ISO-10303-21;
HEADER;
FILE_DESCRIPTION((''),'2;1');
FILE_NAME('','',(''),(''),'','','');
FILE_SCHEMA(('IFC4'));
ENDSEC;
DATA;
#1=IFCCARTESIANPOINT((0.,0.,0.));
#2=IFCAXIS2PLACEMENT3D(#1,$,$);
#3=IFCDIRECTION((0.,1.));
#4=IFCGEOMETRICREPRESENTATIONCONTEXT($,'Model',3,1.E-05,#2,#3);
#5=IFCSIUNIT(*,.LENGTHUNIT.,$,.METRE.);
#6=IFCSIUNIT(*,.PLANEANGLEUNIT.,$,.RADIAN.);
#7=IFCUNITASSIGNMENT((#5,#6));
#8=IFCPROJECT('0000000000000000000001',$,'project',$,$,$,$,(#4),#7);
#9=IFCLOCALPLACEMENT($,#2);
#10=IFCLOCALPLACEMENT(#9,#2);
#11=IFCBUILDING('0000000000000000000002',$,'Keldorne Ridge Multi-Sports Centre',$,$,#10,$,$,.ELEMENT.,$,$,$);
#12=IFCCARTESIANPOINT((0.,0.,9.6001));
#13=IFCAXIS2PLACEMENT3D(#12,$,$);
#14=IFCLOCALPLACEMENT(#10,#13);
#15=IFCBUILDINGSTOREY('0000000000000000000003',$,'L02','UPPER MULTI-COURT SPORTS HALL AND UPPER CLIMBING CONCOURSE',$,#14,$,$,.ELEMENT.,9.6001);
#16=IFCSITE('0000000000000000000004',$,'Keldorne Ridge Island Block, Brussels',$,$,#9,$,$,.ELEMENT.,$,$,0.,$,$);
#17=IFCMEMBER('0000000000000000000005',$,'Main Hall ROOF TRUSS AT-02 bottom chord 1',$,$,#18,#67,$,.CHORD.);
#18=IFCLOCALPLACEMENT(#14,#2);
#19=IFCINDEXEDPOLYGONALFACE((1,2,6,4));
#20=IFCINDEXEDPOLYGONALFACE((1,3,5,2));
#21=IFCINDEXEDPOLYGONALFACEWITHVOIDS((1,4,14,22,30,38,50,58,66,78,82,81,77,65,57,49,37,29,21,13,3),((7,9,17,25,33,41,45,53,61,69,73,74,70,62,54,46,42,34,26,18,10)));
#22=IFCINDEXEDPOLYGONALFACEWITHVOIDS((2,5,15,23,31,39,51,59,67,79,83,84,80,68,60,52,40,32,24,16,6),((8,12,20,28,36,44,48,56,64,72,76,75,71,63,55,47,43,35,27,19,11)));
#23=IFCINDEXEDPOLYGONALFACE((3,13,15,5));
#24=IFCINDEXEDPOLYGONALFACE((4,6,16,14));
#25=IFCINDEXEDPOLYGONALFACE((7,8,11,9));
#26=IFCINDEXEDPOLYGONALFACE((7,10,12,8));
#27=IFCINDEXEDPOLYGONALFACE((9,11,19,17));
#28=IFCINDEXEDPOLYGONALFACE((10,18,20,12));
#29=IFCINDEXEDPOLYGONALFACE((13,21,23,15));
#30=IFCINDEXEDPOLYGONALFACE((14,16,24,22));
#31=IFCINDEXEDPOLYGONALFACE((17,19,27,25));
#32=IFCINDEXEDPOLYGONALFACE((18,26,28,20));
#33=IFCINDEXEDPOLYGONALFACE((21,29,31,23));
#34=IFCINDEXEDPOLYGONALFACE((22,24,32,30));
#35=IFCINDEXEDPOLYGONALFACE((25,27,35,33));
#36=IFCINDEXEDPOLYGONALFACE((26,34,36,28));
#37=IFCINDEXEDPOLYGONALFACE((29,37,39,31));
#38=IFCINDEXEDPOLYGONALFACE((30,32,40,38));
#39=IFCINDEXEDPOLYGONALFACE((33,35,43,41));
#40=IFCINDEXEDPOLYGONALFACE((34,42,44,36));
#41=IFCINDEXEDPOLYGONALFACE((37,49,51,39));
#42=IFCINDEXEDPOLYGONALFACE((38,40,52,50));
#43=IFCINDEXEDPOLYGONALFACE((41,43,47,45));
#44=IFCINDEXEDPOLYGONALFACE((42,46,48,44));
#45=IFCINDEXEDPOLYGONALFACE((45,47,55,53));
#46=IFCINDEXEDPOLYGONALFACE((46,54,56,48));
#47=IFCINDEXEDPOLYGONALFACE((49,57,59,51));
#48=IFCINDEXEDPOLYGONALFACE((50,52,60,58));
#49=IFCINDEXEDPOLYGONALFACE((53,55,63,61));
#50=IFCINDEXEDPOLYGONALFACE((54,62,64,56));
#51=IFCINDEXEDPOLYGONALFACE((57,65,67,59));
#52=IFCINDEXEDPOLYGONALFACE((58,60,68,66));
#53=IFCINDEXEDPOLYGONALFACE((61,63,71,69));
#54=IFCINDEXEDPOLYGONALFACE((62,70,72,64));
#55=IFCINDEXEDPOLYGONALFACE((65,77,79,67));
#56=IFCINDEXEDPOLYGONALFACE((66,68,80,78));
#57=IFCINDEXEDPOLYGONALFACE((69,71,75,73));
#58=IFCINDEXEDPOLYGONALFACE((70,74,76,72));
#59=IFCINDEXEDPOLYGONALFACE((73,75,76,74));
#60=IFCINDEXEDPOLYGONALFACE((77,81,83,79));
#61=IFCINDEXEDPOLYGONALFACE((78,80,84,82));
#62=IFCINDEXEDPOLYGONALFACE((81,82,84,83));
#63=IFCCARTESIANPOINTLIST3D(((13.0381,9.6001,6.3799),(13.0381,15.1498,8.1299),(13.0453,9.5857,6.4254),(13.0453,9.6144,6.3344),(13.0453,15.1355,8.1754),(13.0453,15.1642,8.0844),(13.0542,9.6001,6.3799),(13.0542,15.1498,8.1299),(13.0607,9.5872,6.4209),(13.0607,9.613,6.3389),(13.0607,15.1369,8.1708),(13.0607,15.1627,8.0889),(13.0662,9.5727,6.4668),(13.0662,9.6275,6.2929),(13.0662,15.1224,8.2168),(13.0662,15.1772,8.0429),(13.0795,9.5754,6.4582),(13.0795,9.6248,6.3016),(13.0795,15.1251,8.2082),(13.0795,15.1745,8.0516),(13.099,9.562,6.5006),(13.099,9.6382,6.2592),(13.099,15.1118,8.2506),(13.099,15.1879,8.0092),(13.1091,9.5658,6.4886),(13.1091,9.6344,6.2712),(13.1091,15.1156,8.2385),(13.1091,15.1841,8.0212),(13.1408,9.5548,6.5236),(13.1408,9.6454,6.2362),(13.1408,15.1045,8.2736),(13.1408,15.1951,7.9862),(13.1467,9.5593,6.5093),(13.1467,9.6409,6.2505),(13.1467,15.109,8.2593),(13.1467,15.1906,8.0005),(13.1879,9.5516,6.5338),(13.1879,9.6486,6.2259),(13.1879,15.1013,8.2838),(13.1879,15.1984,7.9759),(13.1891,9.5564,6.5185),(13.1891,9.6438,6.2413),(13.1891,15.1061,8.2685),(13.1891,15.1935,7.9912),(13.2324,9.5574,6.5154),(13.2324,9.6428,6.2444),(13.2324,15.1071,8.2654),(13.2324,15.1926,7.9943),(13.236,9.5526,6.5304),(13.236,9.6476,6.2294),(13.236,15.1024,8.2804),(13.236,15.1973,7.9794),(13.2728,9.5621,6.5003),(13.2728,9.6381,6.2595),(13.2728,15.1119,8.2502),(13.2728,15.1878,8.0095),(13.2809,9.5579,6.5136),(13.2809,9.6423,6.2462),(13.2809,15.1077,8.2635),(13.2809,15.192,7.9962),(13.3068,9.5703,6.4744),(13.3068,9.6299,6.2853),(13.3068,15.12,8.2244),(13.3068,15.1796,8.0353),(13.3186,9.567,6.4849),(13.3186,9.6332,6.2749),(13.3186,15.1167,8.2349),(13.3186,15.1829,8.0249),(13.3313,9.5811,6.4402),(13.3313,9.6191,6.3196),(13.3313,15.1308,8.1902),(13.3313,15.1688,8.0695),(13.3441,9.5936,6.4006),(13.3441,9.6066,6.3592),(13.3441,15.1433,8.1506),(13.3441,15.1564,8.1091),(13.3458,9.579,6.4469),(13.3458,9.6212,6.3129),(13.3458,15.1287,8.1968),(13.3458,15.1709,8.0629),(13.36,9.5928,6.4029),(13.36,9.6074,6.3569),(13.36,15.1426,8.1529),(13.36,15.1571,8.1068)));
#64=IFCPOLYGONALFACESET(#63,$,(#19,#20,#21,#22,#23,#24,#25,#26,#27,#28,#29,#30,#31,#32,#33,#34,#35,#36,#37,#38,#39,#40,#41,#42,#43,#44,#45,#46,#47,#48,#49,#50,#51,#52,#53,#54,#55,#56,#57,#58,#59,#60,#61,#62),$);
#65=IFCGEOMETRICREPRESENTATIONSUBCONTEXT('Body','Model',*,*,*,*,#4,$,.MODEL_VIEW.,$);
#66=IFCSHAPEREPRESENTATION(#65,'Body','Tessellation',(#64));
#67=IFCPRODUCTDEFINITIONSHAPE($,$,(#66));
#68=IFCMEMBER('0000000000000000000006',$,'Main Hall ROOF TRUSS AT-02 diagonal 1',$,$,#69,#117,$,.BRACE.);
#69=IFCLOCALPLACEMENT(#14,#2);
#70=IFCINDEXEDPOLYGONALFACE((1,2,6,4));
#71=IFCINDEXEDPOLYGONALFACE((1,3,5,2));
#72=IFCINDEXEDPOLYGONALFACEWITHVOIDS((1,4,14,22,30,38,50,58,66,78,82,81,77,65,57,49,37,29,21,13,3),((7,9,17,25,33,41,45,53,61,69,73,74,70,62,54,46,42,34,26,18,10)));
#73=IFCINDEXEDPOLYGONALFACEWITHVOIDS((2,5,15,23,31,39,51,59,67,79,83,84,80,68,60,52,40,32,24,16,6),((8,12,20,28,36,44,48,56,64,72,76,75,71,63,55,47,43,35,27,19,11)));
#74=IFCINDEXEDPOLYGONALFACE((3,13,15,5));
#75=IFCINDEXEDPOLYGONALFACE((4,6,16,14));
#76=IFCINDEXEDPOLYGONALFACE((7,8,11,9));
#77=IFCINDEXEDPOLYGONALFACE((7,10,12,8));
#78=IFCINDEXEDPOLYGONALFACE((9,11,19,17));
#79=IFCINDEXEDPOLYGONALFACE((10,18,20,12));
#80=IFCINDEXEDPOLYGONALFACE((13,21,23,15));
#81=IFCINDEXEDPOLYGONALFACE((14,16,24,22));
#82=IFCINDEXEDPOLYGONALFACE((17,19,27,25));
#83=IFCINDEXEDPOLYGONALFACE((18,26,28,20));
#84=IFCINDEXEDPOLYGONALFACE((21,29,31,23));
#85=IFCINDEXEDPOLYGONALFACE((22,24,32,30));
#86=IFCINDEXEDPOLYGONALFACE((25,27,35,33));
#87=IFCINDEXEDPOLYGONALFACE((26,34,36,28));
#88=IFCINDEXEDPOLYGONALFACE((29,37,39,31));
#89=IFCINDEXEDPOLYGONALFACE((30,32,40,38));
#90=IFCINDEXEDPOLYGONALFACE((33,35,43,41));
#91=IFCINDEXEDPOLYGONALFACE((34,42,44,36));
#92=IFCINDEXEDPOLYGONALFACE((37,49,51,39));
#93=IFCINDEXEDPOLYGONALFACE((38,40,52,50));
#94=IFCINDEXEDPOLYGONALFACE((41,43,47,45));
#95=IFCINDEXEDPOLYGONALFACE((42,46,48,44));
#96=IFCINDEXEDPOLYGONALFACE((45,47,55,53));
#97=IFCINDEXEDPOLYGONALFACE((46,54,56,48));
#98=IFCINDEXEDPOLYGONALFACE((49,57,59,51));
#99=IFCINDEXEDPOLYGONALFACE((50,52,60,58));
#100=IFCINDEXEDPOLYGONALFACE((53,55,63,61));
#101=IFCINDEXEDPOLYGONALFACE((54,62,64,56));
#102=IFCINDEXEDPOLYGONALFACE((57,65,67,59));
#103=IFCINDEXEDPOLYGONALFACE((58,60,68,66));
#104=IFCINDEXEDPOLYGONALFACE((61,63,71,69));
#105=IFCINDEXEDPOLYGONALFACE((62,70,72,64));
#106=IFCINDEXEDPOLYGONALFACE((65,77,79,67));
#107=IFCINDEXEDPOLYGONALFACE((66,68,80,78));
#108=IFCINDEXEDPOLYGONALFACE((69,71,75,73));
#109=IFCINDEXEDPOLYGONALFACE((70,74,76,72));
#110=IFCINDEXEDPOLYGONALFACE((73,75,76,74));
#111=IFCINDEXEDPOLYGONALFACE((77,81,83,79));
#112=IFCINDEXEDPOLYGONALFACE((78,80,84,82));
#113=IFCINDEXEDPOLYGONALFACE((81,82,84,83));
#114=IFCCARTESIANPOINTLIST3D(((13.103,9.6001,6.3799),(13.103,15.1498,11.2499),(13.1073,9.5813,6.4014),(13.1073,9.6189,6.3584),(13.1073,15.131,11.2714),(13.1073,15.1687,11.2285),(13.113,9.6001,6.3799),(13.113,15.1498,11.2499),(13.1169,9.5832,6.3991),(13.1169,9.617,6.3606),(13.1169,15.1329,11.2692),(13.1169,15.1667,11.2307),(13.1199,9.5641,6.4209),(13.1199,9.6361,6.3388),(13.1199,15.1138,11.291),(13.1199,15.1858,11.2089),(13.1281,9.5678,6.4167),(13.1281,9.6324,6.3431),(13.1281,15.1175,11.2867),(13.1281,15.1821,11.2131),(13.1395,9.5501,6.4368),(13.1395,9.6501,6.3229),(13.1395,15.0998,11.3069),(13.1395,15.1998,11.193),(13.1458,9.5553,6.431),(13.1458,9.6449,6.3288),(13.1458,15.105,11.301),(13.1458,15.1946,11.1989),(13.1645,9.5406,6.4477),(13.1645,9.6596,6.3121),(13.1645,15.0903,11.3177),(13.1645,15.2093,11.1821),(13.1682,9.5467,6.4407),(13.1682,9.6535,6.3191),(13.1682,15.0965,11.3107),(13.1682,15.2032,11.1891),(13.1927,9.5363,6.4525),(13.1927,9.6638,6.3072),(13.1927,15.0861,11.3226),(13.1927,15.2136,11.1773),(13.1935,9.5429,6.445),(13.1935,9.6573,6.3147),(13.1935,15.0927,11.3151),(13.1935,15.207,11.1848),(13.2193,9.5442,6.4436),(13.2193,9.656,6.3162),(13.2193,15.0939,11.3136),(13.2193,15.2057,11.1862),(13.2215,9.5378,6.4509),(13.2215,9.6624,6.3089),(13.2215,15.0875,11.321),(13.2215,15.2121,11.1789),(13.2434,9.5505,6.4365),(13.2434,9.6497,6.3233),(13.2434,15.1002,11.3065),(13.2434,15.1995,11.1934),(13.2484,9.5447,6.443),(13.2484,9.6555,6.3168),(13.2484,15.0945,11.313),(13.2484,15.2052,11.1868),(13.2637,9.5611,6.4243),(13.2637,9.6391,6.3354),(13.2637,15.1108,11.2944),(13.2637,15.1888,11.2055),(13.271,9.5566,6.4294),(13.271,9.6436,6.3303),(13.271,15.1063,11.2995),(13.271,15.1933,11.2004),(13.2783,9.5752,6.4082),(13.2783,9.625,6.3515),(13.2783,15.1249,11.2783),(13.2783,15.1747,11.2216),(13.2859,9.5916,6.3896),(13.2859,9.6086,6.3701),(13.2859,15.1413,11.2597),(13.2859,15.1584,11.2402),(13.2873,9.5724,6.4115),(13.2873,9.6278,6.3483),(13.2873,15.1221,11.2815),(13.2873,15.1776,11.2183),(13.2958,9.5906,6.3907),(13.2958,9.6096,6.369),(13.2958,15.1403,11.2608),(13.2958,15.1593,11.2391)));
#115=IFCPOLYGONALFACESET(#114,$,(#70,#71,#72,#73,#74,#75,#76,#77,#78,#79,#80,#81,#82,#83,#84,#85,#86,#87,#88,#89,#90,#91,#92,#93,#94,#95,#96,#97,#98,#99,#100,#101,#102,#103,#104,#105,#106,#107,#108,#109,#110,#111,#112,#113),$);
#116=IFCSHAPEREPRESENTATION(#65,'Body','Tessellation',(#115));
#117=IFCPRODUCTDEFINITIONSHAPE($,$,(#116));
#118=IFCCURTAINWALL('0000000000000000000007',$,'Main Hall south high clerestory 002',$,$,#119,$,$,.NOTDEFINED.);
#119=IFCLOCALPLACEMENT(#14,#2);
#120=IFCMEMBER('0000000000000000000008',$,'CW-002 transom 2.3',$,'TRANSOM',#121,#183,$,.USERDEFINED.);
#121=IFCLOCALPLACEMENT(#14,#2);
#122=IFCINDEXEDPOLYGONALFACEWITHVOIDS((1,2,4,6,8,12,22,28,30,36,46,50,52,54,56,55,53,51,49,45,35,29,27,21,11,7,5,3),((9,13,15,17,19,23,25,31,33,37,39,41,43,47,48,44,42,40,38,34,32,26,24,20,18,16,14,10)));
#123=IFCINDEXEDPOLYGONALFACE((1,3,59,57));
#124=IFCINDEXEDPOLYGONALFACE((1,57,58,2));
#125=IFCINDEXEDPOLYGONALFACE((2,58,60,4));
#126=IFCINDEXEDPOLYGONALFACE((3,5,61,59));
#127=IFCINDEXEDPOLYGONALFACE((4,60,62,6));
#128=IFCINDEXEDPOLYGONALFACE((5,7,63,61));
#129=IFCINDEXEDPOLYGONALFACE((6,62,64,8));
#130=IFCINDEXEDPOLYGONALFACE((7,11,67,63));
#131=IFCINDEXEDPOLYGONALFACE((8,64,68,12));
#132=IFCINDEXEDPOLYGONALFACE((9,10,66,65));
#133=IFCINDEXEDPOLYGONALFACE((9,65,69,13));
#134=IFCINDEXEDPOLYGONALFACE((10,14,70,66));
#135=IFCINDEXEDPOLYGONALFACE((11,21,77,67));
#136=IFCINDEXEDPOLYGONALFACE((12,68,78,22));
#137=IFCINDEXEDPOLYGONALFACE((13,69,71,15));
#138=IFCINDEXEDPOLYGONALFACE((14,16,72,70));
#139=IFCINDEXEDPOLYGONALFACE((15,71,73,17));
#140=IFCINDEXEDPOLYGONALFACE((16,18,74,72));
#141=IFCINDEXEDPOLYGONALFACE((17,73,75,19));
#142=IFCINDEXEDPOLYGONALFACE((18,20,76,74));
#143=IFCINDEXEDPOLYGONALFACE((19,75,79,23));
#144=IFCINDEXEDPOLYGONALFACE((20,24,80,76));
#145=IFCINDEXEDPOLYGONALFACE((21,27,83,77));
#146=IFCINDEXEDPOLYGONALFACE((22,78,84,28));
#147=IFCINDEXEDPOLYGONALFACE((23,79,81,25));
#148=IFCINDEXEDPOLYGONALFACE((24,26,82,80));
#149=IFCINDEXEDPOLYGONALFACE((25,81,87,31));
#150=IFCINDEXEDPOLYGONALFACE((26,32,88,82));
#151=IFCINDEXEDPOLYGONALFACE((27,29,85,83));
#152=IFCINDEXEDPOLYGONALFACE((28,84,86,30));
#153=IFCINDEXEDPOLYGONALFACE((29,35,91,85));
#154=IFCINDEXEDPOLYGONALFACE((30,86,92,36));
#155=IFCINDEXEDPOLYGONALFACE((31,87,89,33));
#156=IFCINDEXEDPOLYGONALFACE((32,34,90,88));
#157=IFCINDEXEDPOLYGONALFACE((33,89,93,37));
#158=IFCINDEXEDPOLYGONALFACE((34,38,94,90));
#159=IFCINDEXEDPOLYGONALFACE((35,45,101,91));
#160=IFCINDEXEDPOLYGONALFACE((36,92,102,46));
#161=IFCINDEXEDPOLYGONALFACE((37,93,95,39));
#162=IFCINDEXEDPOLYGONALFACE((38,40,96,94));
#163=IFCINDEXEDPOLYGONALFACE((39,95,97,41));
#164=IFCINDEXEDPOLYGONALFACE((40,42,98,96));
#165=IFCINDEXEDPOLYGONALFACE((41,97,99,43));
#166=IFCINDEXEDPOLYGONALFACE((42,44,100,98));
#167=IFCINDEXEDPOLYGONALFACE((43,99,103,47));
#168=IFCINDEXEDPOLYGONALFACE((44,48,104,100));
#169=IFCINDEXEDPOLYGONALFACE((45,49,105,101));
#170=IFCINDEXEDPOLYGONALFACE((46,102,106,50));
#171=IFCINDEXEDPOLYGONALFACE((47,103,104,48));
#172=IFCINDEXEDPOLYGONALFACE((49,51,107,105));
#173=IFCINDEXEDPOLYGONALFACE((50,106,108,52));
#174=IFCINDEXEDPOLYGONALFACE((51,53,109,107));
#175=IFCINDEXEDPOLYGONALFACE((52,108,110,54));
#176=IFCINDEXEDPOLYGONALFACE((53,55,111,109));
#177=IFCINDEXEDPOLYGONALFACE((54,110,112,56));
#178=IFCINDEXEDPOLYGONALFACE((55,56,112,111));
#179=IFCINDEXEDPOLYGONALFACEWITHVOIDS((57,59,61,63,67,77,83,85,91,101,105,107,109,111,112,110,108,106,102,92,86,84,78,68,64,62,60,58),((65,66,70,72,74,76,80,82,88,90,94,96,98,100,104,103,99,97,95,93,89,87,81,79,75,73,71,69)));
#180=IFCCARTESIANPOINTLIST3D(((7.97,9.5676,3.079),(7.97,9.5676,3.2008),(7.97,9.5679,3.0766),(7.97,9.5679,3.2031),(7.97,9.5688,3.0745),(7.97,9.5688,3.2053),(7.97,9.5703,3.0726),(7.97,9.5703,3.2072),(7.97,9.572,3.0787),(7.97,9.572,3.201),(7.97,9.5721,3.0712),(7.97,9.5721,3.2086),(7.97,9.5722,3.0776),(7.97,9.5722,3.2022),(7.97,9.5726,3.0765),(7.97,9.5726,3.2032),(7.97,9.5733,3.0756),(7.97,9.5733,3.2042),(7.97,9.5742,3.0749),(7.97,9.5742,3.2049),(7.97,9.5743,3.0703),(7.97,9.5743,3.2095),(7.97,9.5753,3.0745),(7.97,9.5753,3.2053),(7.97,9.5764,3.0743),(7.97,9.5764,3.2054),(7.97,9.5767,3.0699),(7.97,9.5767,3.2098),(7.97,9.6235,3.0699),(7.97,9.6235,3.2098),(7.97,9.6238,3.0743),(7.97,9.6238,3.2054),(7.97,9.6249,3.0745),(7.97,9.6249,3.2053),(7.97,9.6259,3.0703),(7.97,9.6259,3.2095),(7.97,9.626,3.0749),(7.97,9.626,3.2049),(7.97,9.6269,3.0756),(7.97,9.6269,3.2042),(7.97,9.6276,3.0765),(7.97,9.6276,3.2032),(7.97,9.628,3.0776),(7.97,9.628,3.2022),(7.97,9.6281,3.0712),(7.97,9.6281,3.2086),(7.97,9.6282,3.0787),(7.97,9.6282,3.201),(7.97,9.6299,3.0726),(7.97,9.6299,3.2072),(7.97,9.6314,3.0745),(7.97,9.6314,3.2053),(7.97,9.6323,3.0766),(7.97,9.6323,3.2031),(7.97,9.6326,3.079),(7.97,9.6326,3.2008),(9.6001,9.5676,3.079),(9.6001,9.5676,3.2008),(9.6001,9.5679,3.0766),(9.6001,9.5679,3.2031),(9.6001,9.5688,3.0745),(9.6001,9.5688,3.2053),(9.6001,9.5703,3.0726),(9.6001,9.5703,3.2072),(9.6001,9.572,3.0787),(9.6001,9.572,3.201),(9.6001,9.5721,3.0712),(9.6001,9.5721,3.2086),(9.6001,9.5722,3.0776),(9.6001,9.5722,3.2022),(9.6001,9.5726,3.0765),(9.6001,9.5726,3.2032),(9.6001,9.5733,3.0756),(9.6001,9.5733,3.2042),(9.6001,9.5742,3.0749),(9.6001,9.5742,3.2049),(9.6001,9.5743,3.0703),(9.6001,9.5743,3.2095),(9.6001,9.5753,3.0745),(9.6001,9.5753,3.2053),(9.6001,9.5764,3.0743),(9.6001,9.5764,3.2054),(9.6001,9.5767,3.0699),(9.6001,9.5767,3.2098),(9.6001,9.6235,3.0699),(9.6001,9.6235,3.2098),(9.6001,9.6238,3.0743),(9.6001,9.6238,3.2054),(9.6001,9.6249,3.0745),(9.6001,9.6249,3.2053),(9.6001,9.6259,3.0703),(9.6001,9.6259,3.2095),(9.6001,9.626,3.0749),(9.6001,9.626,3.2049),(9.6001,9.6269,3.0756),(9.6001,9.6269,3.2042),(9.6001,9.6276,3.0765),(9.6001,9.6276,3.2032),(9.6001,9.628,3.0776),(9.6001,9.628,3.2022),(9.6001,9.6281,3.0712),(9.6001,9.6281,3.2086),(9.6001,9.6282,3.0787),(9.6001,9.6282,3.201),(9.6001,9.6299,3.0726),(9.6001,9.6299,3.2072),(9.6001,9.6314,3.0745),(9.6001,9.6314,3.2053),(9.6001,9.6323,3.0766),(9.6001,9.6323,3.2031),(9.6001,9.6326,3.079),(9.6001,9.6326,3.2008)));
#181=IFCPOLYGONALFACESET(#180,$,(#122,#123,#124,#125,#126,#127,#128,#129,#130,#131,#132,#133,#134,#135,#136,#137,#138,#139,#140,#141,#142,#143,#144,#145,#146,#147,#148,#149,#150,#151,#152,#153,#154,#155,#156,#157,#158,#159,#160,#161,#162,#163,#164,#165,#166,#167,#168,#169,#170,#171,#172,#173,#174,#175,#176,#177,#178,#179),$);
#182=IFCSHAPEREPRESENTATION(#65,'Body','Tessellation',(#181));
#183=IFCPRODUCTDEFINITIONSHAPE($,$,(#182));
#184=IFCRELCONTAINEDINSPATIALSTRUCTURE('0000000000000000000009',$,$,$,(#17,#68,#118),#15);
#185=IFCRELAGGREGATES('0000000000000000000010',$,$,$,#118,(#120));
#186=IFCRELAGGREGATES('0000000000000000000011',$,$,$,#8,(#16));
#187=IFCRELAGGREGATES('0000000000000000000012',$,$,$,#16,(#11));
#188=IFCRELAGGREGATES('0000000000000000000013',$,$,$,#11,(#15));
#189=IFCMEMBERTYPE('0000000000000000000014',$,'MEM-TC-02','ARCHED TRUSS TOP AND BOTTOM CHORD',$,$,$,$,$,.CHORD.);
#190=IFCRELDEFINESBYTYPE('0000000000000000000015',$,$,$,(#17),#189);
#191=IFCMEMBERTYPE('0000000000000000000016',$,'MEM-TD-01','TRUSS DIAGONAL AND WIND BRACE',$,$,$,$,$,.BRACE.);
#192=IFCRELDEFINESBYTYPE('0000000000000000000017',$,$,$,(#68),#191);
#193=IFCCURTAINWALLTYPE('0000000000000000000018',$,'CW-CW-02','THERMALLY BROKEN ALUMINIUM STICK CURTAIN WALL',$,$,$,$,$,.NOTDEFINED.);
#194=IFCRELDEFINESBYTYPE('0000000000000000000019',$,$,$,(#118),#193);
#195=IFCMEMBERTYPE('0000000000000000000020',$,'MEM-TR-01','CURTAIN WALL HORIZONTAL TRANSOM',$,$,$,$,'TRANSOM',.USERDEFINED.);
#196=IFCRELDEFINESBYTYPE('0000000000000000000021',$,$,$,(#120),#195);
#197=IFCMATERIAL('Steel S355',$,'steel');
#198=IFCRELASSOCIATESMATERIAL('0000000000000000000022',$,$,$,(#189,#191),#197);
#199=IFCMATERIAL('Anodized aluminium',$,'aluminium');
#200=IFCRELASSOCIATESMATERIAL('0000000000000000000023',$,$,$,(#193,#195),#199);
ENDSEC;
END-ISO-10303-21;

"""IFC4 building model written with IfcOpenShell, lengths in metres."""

from ifc_helpers import new_model, si_unit, direction, frame, origin, origin_2d, place, context, subcontext, project, spatial, hollow_rectangle, hollow_circle, extrude, material, material_profile, profile_set, type_object, element, aggregate, save


model = new_model("IFC4")

# Units and contexts
model_context = context("Model", 3, precision=1e-05, world=origin(), true_north=direction((0.0, 1.0)))
body_context = subcontext(model_context, "Body", "Model", "MODEL_VIEW")
ifc_project = project(units=[si_unit("LENGTHUNIT", "METRE"), si_unit("PLANEANGLEUNIT", "RADIAN")], contexts=[model_context])

# Site, building, storey
site_placement = place(None, origin())
site = spatial("IfcSite", under=ifc_project, at=site_placement, Name="Keldorne Ridge Island Block, Brussels", CompositionType="ELEMENT", RefElevation=0.0)
building_placement = place(site_placement, origin())
building = spatial("IfcBuilding", under=site, at=building_placement, Name="Keldorne Ridge Multi-Sports Centre", CompositionType="ELEMENT")
storey_placement = place(building_placement, frame((0.0, 0.0, 9.6001)))
storey = spatial("IfcBuildingStorey", under=building, at=storey_placement, Name="L02", Description="UPPER MULTI-COURT SPORTS HALL AND UPPER CLIMBING CONCOURSE", CompositionType="ELEMENT", Elevation=9.6001)

# Members
ifc_material_1 = material(Name="Steel S355", Category="steel")
ifc_material_profile_1 = material_profile(ifc_material_1, hollow_circle(Radius=0.1619, WallThickness=0.0161, at=origin_2d()), Name="CHS 323.9x16")
ifc_profile_set_1 = profile_set([ifc_material_profile_1], Name="Steel S355")
member_type_1 = type_object("IfcMemberType", Name="MEM-TC-02", Description="ARCHED TRUSS TOP AND BOTTOM CHORD", PredefinedType="CHORD", material=ifc_profile_set_1)
member_1_placement = place(storey_placement, frame((13.2, 9.6001, 6.3799), z_axis=(0.0, 0.953709, 0.30073), x_axis=(-1.0, 0.0, 0.0)))
element("IfcMember", 1, at=member_1_placement, inside=storey, type_object=member_type_1, Name="Main Hall ROOF TRUSS AT-02 bottom chord 1", PredefinedType="CHORD", context=body_context, shape_type="SweptSolid", body=[
    extrude(hollow_circle(Radius=0.1619, WallThickness=0.0161, at=origin_2d()), origin(), (0.0, 0.0, 1.0), 5.8191),
])
ifc_material_profile_2 = material_profile(ifc_material_1, hollow_circle(Radius=0.0969, WallThickness=0.01, at=origin_2d()), Name="CHS 193.7x10")
ifc_profile_set_2 = profile_set([ifc_material_profile_2], Name="Steel S355")
member_type_2 = type_object("IfcMemberType", Name="MEM-TD-01", Description="TRUSS DIAGONAL AND WIND BRACE", PredefinedType="BRACE", material=ifc_profile_set_2)
member_2_placement = place(storey_placement, frame((13.2, 9.6001, 6.3799), z_axis=(0.0, 0.751634, 0.659581), x_axis=(-1.0, 0.0, 0.0)))
element("IfcMember", 2, at=member_2_placement, inside=storey, type_object=member_type_2, Name="Main Hall ROOF TRUSS AT-02 diagonal 1", PredefinedType="BRACE", context=body_context, shape_type="SweptSolid", body=[
    extrude(hollow_circle(Radius=0.0969, WallThickness=0.01, at=origin_2d()), origin(), (0.0, 0.0, 1.0), 7.3835),
])

# Curtain wall, member
ifc_material_2 = material(Name="Anodized aluminium", Category="aluminium")
curtain_wall_type_1 = type_object("IfcCurtainWallType", Name="CW-CW-02", Description="THERMALLY BROKEN ALUMINIUM STICK CURTAIN WALL", PredefinedType="NOTDEFINED", material=ifc_material_2)
curtain_wall_1_placement = place(storey_placement, origin())
curtain_wall_1 = element("IfcCurtainWall", 3, at=curtain_wall_1_placement, inside=storey, type_object=curtain_wall_type_1, Name="Main Hall south high clerestory 002", PredefinedType="NOTDEFINED")
ifc_material_profile_3 = material_profile(ifc_material_2, hollow_rectangle(XDim=0.0649, YDim=0.1399, WallThickness=0.0044, InnerFilletRadius=0.0044, OuterFilletRadius=0.009, at=origin_2d()), Name="ALU TRANSOM 140x65x4.5")
ifc_profile_set_3 = profile_set([ifc_material_profile_3], Name="Anodized aluminium")
member_type_3 = type_object("IfcMemberType", Name="MEM-TR-01", Description="CURTAIN WALL HORIZONTAL TRANSOM", ElementType="TRANSOM", PredefinedType="USERDEFINED", material=ifc_profile_set_3)
member_3_placement = place(storey_placement, frame((7.97, 9.6001, 3.1399), z_axis=(1.0, 0.0, 0.0), x_axis=(0.0, 1.0, 0.0)))
member_3 = element("IfcMember", 4, at=member_3_placement, type_object=member_type_3, Name="CW-002 transom 2.3", ObjectType="TRANSOM", PredefinedType="USERDEFINED", context=body_context, shape_type="SweptSolid", body=[
    extrude(hollow_rectangle(XDim=0.0649, YDim=0.1399, WallThickness=0.0044, InnerFilletRadius=0.0044, OuterFilletRadius=0.009, at=origin_2d()), origin(), (0.0, 0.0, 1.0), 1.6301),
])

aggregate(curtain_wall_1, [member_3])

save(model, "model.ifc")
